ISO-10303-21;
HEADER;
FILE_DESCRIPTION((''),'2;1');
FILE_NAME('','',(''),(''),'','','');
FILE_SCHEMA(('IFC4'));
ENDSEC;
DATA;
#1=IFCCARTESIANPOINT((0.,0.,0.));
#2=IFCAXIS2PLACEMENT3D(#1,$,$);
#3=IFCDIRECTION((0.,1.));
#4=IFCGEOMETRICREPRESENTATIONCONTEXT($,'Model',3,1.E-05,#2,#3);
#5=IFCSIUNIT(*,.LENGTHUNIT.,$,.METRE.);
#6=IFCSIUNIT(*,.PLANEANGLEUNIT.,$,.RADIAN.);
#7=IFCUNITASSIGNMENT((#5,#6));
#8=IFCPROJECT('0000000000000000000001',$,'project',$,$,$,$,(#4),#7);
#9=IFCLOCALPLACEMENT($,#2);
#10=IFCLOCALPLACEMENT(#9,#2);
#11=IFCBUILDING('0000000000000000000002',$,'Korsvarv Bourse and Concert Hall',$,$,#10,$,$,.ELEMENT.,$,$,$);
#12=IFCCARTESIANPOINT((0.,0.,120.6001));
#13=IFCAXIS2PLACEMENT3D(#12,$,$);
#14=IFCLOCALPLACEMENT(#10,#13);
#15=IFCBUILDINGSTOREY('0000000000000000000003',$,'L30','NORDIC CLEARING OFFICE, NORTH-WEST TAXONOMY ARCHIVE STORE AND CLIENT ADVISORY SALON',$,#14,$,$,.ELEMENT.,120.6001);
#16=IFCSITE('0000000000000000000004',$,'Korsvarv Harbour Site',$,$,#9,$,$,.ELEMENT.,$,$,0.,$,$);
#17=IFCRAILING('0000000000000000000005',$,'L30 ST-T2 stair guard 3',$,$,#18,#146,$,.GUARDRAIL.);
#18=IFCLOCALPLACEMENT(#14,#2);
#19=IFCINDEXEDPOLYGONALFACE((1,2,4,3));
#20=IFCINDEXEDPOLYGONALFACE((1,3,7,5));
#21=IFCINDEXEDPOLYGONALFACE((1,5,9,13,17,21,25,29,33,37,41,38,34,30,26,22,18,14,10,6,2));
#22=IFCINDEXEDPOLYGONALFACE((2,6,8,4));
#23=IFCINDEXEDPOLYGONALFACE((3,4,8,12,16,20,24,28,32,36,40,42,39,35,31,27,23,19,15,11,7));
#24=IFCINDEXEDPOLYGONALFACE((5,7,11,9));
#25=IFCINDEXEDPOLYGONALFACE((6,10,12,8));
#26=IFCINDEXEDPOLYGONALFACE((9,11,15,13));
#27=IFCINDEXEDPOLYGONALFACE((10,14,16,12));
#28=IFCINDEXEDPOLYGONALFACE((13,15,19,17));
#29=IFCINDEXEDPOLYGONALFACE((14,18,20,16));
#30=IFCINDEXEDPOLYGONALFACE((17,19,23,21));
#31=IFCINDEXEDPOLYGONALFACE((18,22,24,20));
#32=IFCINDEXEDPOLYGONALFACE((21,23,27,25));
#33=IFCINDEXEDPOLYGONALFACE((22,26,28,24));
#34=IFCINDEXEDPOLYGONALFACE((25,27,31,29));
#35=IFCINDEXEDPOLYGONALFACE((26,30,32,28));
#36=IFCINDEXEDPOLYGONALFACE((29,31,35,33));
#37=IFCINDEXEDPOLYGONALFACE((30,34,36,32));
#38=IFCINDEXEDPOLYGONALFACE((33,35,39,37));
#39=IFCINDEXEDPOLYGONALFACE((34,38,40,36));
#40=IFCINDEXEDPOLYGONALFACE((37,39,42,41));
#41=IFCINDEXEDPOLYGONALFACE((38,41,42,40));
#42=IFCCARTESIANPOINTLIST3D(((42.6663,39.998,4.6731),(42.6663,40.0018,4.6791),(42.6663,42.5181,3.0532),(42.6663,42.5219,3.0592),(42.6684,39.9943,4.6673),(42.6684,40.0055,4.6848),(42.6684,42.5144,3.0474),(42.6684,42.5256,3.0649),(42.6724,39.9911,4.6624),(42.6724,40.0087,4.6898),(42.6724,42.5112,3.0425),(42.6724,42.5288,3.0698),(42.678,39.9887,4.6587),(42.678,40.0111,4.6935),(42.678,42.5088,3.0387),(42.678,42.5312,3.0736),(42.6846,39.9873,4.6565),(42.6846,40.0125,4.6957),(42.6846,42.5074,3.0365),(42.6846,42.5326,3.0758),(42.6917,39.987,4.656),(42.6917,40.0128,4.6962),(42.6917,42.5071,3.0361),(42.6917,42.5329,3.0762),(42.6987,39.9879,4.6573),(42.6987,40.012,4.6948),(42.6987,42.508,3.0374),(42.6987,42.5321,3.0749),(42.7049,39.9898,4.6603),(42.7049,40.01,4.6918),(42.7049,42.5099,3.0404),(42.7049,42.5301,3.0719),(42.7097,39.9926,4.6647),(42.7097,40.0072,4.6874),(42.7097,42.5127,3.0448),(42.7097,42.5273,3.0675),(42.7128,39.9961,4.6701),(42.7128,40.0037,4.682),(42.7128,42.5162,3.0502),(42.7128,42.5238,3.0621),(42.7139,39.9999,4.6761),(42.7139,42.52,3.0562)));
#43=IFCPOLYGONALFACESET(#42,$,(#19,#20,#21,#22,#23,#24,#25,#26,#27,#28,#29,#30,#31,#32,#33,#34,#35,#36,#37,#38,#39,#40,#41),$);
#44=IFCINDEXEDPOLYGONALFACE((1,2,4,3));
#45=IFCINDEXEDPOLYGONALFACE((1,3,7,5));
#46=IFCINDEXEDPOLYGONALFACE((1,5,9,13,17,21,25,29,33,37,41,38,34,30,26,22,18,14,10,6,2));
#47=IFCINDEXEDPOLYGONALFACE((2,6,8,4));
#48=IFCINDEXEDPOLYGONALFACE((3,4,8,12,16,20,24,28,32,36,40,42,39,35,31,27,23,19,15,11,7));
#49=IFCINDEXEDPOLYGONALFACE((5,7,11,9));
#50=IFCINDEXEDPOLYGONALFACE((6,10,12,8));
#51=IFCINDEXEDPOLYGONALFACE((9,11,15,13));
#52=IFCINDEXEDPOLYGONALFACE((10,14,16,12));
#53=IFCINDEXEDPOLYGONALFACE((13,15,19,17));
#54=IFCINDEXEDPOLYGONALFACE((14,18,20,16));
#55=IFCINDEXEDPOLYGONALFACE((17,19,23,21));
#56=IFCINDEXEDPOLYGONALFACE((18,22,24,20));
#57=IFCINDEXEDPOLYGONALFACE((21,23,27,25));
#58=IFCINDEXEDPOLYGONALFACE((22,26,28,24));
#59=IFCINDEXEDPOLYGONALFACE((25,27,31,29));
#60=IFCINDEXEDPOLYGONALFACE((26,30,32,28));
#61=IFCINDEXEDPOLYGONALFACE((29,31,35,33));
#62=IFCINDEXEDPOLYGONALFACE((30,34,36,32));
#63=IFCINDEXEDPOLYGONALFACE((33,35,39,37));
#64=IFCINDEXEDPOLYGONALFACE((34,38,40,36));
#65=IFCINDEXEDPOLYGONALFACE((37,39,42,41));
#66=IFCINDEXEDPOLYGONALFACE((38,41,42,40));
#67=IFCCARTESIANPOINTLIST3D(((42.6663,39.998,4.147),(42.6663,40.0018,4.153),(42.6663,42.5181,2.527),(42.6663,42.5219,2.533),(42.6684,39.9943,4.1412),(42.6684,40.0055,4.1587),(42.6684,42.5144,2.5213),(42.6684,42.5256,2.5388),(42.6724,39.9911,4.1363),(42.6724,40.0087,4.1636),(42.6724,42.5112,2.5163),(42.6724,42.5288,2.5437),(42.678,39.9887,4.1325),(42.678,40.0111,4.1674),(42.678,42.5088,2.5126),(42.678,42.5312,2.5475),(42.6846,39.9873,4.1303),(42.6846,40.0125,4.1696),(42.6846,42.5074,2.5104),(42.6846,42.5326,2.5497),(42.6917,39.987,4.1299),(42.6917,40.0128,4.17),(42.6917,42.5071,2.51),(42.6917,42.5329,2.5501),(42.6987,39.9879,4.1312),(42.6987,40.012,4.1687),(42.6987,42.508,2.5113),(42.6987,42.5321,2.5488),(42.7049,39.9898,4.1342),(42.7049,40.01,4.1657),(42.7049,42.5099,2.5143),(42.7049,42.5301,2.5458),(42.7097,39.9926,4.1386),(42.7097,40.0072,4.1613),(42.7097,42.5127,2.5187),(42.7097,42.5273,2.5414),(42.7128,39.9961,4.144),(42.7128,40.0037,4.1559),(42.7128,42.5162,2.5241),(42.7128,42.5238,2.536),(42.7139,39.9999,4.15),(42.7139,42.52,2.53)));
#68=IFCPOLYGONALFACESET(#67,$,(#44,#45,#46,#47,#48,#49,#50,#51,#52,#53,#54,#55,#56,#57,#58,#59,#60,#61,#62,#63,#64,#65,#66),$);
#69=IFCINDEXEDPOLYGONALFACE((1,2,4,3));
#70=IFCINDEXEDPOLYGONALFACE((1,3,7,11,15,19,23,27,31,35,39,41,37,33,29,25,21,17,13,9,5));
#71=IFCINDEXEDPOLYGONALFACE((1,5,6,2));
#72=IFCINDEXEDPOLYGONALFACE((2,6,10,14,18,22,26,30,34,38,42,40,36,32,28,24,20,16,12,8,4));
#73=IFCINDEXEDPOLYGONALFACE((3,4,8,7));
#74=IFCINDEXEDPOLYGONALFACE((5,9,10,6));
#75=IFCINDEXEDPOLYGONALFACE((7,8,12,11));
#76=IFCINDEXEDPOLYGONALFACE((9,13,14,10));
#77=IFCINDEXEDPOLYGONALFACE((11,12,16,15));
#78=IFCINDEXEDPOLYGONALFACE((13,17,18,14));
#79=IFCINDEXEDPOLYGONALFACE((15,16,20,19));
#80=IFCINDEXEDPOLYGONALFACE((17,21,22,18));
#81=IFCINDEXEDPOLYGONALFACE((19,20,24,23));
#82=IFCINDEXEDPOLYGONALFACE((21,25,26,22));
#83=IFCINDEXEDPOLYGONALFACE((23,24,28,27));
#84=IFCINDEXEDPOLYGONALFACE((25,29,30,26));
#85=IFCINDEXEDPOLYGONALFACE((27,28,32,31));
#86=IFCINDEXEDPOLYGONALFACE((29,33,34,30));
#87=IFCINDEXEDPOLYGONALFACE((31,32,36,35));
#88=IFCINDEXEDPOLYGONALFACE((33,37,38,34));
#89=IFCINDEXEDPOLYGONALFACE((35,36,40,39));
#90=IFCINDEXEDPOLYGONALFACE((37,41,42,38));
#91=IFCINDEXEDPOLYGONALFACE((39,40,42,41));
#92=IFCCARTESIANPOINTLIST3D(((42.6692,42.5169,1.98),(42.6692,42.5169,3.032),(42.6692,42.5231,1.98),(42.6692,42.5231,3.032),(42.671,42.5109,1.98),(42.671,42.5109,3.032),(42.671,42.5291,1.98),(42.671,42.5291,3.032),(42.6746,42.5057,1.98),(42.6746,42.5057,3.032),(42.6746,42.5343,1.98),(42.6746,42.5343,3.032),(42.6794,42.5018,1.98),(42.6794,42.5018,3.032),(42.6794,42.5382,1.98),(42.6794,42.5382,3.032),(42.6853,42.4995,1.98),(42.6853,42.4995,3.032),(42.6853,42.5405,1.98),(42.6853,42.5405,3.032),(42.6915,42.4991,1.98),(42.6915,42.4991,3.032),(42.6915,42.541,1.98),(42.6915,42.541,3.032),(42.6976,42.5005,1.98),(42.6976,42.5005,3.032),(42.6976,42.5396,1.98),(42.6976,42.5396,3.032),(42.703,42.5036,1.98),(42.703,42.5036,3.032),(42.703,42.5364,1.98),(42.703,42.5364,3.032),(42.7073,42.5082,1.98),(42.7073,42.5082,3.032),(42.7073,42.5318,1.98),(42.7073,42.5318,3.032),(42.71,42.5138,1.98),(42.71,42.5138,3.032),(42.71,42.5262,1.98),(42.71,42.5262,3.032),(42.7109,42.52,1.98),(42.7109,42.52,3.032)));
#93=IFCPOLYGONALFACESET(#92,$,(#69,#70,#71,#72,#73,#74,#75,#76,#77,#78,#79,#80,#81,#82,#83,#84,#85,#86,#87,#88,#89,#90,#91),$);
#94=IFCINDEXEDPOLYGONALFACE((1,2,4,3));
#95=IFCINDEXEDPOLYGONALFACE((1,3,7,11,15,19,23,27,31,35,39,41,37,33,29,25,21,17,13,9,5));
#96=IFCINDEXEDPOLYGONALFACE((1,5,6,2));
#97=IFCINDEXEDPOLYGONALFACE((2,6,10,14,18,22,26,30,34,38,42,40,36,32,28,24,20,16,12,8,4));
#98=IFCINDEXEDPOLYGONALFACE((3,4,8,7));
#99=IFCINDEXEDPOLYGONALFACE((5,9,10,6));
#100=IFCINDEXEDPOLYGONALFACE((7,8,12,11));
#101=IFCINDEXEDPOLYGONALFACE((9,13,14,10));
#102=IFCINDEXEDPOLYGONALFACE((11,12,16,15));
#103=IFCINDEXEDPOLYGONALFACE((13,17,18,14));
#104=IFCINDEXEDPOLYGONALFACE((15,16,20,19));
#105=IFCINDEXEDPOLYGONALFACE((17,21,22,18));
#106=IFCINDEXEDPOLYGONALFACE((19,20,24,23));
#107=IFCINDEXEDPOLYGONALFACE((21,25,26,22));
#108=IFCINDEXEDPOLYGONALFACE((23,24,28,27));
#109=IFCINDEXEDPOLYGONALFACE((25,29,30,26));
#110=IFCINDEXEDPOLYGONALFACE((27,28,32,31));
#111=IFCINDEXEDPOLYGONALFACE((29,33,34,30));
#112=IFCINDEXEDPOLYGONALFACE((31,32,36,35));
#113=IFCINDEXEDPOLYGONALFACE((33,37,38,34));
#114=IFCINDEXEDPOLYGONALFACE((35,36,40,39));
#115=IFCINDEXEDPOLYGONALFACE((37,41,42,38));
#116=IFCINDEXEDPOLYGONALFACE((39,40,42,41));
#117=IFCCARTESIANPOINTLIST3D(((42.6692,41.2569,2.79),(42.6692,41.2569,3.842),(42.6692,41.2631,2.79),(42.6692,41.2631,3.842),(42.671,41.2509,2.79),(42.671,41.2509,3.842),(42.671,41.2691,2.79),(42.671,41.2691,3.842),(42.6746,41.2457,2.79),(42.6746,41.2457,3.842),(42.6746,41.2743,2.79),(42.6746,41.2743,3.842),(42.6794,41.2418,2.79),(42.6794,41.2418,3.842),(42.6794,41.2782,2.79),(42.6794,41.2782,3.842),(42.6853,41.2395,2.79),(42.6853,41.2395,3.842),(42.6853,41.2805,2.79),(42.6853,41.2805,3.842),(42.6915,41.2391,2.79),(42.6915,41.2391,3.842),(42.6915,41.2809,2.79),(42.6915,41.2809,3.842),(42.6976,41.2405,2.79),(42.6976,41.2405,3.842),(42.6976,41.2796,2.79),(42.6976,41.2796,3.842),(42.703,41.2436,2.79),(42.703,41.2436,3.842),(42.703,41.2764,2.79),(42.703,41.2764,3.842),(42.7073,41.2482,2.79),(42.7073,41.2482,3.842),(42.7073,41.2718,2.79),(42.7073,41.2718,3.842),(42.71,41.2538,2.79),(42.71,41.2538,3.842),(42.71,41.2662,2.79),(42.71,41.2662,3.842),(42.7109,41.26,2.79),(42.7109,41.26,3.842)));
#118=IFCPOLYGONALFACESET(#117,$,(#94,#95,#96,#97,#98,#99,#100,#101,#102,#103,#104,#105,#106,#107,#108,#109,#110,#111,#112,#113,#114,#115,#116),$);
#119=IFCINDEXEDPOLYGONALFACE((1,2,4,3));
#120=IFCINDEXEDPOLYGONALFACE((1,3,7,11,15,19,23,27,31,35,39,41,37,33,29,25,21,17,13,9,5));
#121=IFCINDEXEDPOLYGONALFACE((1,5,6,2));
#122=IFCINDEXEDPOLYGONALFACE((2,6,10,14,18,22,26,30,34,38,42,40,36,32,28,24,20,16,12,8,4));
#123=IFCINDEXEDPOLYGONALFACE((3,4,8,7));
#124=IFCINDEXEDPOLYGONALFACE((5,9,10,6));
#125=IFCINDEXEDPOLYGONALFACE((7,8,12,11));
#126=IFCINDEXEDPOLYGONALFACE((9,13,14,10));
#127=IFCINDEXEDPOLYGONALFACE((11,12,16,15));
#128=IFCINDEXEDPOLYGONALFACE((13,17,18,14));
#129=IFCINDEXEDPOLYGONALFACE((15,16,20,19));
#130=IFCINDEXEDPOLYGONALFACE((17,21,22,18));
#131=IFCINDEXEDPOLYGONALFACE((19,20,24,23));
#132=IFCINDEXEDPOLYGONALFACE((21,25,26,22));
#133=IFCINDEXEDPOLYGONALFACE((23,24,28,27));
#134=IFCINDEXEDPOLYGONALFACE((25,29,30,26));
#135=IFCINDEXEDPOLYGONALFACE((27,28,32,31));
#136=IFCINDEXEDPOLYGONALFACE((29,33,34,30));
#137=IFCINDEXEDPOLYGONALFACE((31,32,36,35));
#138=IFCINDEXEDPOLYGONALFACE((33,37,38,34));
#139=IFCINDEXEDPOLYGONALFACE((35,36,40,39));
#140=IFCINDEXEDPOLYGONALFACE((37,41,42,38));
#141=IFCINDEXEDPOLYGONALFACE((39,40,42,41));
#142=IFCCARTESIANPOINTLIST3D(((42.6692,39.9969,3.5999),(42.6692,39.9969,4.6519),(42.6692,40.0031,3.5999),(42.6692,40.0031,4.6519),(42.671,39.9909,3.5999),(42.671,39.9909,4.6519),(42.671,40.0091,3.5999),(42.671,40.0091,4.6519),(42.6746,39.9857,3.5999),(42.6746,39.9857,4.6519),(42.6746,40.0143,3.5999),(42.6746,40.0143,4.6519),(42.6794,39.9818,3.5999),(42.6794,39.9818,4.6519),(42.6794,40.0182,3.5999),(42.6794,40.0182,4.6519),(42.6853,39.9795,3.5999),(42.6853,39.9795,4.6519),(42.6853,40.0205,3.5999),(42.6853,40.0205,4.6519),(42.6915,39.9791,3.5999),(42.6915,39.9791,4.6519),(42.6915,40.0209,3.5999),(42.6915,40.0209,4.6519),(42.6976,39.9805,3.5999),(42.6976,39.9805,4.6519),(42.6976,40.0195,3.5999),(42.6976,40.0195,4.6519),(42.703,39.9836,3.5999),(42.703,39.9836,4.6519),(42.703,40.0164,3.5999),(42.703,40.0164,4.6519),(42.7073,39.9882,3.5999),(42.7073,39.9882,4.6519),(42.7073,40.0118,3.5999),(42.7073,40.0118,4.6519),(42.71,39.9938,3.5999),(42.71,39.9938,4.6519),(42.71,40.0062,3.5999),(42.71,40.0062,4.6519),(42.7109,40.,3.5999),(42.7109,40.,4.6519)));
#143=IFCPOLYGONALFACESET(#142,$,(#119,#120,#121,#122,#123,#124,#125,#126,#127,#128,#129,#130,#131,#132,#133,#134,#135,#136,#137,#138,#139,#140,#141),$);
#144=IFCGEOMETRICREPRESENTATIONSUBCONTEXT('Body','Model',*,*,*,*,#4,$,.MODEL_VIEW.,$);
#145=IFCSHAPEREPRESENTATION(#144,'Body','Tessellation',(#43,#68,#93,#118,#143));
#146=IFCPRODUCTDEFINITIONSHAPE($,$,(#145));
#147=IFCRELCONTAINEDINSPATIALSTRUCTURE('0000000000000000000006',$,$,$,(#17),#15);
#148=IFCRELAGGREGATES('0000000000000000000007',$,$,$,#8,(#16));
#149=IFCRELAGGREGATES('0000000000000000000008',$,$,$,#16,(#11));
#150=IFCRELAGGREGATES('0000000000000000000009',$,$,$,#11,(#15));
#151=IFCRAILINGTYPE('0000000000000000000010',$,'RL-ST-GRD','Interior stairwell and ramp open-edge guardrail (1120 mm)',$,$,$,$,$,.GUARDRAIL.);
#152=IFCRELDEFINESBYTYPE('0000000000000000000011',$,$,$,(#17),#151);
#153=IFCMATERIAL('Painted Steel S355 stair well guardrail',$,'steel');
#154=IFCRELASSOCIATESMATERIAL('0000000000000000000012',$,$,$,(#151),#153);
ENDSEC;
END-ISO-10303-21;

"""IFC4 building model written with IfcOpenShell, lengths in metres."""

from ifc_helpers import new_model, si_unit, direction, frame, origin, origin_2d, place, context, subcontext, project, spatial, circle, extrude, material, type_object, element, save


model = new_model("IFC4")

# Units and contexts
model_context = context("Model", 3, precision=1e-05, world=origin(), true_north=direction((0.0, 1.0)))
body_context = subcontext(model_context, "Body", "Model", "MODEL_VIEW")
ifc_project = project(units=[si_unit("LENGTHUNIT", "METRE"), si_unit("PLANEANGLEUNIT", "RADIAN")], contexts=[model_context])

# Site, building, storey
site_placement = place(None, origin())
site = spatial("IfcSite", under=ifc_project, at=site_placement, Name="Korsvarv Harbour Site", CompositionType="ELEMENT", RefElevation=0.0)
building_placement = place(site_placement, origin())
building = spatial("IfcBuilding", under=site, at=building_placement, Name="Korsvarv Bourse and Concert Hall", CompositionType="ELEMENT")
storey_placement = place(building_placement, frame((0.0, 0.0, 120.6001)))
storey = spatial("IfcBuildingStorey", under=building, at=storey_placement, Name="L30", Description="NORDIC CLEARING OFFICE, NORTH-WEST TAXONOMY ARCHIVE STORE AND CLIENT ADVISORY SALON", CompositionType="ELEMENT", Elevation=120.6001)

# Railing
ifc_material_1 = material(Name="Painted Steel S355 stair well guardrail", Category="steel")
railing_type_1 = type_object("IfcRailingType", Name="RL-ST-GRD", Description="Interior stairwell and ramp open-edge guardrail (1120 mm)", PredefinedType="GUARDRAIL", material=ifc_material_1)
railing_1_placement = place(storey_placement, frame((42.6899, 42.52, 1.98)))
element("IfcRailing", 1, at=railing_1_placement, inside=storey, type_object=railing_type_1, Name="L30 ST-T2 stair guard 3", PredefinedType="GUARDRAIL", context=body_context, shape_type="SweptSolid", body=[
    extrude(circle(Radius=0.0239, at=origin_2d()), frame((0.0, 0.0, 1.0762), z_axis=(0.0, -0.8412, 0.540725), x_axis=(1.0, 0.0, 0.0)), (0.0, 0.0, 1.0), 2.9958),
    extrude(circle(Radius=0.0239, at=origin_2d()), frame((0.0, 0.0, 0.55), z_axis=(0.0, -0.8412, 0.540725), x_axis=(1.0, 0.0, 0.0)), (0.0, 0.0, 1.0), 2.9958),
    extrude(circle(Radius=0.021, at=origin_2d()), origin(), (0.0, 0.0, 1.0), 1.052),
    extrude(circle(Radius=0.021, at=origin_2d()), frame((0.0, -1.26, 0.8101)), (0.0, 0.0, 1.0), 1.052),
    extrude(circle(Radius=0.021, at=origin_2d()), frame((0.0, -2.52, 1.6199)), (0.0, 0.0, 1.0), 1.052),
])

save(model, "model.ifc")
